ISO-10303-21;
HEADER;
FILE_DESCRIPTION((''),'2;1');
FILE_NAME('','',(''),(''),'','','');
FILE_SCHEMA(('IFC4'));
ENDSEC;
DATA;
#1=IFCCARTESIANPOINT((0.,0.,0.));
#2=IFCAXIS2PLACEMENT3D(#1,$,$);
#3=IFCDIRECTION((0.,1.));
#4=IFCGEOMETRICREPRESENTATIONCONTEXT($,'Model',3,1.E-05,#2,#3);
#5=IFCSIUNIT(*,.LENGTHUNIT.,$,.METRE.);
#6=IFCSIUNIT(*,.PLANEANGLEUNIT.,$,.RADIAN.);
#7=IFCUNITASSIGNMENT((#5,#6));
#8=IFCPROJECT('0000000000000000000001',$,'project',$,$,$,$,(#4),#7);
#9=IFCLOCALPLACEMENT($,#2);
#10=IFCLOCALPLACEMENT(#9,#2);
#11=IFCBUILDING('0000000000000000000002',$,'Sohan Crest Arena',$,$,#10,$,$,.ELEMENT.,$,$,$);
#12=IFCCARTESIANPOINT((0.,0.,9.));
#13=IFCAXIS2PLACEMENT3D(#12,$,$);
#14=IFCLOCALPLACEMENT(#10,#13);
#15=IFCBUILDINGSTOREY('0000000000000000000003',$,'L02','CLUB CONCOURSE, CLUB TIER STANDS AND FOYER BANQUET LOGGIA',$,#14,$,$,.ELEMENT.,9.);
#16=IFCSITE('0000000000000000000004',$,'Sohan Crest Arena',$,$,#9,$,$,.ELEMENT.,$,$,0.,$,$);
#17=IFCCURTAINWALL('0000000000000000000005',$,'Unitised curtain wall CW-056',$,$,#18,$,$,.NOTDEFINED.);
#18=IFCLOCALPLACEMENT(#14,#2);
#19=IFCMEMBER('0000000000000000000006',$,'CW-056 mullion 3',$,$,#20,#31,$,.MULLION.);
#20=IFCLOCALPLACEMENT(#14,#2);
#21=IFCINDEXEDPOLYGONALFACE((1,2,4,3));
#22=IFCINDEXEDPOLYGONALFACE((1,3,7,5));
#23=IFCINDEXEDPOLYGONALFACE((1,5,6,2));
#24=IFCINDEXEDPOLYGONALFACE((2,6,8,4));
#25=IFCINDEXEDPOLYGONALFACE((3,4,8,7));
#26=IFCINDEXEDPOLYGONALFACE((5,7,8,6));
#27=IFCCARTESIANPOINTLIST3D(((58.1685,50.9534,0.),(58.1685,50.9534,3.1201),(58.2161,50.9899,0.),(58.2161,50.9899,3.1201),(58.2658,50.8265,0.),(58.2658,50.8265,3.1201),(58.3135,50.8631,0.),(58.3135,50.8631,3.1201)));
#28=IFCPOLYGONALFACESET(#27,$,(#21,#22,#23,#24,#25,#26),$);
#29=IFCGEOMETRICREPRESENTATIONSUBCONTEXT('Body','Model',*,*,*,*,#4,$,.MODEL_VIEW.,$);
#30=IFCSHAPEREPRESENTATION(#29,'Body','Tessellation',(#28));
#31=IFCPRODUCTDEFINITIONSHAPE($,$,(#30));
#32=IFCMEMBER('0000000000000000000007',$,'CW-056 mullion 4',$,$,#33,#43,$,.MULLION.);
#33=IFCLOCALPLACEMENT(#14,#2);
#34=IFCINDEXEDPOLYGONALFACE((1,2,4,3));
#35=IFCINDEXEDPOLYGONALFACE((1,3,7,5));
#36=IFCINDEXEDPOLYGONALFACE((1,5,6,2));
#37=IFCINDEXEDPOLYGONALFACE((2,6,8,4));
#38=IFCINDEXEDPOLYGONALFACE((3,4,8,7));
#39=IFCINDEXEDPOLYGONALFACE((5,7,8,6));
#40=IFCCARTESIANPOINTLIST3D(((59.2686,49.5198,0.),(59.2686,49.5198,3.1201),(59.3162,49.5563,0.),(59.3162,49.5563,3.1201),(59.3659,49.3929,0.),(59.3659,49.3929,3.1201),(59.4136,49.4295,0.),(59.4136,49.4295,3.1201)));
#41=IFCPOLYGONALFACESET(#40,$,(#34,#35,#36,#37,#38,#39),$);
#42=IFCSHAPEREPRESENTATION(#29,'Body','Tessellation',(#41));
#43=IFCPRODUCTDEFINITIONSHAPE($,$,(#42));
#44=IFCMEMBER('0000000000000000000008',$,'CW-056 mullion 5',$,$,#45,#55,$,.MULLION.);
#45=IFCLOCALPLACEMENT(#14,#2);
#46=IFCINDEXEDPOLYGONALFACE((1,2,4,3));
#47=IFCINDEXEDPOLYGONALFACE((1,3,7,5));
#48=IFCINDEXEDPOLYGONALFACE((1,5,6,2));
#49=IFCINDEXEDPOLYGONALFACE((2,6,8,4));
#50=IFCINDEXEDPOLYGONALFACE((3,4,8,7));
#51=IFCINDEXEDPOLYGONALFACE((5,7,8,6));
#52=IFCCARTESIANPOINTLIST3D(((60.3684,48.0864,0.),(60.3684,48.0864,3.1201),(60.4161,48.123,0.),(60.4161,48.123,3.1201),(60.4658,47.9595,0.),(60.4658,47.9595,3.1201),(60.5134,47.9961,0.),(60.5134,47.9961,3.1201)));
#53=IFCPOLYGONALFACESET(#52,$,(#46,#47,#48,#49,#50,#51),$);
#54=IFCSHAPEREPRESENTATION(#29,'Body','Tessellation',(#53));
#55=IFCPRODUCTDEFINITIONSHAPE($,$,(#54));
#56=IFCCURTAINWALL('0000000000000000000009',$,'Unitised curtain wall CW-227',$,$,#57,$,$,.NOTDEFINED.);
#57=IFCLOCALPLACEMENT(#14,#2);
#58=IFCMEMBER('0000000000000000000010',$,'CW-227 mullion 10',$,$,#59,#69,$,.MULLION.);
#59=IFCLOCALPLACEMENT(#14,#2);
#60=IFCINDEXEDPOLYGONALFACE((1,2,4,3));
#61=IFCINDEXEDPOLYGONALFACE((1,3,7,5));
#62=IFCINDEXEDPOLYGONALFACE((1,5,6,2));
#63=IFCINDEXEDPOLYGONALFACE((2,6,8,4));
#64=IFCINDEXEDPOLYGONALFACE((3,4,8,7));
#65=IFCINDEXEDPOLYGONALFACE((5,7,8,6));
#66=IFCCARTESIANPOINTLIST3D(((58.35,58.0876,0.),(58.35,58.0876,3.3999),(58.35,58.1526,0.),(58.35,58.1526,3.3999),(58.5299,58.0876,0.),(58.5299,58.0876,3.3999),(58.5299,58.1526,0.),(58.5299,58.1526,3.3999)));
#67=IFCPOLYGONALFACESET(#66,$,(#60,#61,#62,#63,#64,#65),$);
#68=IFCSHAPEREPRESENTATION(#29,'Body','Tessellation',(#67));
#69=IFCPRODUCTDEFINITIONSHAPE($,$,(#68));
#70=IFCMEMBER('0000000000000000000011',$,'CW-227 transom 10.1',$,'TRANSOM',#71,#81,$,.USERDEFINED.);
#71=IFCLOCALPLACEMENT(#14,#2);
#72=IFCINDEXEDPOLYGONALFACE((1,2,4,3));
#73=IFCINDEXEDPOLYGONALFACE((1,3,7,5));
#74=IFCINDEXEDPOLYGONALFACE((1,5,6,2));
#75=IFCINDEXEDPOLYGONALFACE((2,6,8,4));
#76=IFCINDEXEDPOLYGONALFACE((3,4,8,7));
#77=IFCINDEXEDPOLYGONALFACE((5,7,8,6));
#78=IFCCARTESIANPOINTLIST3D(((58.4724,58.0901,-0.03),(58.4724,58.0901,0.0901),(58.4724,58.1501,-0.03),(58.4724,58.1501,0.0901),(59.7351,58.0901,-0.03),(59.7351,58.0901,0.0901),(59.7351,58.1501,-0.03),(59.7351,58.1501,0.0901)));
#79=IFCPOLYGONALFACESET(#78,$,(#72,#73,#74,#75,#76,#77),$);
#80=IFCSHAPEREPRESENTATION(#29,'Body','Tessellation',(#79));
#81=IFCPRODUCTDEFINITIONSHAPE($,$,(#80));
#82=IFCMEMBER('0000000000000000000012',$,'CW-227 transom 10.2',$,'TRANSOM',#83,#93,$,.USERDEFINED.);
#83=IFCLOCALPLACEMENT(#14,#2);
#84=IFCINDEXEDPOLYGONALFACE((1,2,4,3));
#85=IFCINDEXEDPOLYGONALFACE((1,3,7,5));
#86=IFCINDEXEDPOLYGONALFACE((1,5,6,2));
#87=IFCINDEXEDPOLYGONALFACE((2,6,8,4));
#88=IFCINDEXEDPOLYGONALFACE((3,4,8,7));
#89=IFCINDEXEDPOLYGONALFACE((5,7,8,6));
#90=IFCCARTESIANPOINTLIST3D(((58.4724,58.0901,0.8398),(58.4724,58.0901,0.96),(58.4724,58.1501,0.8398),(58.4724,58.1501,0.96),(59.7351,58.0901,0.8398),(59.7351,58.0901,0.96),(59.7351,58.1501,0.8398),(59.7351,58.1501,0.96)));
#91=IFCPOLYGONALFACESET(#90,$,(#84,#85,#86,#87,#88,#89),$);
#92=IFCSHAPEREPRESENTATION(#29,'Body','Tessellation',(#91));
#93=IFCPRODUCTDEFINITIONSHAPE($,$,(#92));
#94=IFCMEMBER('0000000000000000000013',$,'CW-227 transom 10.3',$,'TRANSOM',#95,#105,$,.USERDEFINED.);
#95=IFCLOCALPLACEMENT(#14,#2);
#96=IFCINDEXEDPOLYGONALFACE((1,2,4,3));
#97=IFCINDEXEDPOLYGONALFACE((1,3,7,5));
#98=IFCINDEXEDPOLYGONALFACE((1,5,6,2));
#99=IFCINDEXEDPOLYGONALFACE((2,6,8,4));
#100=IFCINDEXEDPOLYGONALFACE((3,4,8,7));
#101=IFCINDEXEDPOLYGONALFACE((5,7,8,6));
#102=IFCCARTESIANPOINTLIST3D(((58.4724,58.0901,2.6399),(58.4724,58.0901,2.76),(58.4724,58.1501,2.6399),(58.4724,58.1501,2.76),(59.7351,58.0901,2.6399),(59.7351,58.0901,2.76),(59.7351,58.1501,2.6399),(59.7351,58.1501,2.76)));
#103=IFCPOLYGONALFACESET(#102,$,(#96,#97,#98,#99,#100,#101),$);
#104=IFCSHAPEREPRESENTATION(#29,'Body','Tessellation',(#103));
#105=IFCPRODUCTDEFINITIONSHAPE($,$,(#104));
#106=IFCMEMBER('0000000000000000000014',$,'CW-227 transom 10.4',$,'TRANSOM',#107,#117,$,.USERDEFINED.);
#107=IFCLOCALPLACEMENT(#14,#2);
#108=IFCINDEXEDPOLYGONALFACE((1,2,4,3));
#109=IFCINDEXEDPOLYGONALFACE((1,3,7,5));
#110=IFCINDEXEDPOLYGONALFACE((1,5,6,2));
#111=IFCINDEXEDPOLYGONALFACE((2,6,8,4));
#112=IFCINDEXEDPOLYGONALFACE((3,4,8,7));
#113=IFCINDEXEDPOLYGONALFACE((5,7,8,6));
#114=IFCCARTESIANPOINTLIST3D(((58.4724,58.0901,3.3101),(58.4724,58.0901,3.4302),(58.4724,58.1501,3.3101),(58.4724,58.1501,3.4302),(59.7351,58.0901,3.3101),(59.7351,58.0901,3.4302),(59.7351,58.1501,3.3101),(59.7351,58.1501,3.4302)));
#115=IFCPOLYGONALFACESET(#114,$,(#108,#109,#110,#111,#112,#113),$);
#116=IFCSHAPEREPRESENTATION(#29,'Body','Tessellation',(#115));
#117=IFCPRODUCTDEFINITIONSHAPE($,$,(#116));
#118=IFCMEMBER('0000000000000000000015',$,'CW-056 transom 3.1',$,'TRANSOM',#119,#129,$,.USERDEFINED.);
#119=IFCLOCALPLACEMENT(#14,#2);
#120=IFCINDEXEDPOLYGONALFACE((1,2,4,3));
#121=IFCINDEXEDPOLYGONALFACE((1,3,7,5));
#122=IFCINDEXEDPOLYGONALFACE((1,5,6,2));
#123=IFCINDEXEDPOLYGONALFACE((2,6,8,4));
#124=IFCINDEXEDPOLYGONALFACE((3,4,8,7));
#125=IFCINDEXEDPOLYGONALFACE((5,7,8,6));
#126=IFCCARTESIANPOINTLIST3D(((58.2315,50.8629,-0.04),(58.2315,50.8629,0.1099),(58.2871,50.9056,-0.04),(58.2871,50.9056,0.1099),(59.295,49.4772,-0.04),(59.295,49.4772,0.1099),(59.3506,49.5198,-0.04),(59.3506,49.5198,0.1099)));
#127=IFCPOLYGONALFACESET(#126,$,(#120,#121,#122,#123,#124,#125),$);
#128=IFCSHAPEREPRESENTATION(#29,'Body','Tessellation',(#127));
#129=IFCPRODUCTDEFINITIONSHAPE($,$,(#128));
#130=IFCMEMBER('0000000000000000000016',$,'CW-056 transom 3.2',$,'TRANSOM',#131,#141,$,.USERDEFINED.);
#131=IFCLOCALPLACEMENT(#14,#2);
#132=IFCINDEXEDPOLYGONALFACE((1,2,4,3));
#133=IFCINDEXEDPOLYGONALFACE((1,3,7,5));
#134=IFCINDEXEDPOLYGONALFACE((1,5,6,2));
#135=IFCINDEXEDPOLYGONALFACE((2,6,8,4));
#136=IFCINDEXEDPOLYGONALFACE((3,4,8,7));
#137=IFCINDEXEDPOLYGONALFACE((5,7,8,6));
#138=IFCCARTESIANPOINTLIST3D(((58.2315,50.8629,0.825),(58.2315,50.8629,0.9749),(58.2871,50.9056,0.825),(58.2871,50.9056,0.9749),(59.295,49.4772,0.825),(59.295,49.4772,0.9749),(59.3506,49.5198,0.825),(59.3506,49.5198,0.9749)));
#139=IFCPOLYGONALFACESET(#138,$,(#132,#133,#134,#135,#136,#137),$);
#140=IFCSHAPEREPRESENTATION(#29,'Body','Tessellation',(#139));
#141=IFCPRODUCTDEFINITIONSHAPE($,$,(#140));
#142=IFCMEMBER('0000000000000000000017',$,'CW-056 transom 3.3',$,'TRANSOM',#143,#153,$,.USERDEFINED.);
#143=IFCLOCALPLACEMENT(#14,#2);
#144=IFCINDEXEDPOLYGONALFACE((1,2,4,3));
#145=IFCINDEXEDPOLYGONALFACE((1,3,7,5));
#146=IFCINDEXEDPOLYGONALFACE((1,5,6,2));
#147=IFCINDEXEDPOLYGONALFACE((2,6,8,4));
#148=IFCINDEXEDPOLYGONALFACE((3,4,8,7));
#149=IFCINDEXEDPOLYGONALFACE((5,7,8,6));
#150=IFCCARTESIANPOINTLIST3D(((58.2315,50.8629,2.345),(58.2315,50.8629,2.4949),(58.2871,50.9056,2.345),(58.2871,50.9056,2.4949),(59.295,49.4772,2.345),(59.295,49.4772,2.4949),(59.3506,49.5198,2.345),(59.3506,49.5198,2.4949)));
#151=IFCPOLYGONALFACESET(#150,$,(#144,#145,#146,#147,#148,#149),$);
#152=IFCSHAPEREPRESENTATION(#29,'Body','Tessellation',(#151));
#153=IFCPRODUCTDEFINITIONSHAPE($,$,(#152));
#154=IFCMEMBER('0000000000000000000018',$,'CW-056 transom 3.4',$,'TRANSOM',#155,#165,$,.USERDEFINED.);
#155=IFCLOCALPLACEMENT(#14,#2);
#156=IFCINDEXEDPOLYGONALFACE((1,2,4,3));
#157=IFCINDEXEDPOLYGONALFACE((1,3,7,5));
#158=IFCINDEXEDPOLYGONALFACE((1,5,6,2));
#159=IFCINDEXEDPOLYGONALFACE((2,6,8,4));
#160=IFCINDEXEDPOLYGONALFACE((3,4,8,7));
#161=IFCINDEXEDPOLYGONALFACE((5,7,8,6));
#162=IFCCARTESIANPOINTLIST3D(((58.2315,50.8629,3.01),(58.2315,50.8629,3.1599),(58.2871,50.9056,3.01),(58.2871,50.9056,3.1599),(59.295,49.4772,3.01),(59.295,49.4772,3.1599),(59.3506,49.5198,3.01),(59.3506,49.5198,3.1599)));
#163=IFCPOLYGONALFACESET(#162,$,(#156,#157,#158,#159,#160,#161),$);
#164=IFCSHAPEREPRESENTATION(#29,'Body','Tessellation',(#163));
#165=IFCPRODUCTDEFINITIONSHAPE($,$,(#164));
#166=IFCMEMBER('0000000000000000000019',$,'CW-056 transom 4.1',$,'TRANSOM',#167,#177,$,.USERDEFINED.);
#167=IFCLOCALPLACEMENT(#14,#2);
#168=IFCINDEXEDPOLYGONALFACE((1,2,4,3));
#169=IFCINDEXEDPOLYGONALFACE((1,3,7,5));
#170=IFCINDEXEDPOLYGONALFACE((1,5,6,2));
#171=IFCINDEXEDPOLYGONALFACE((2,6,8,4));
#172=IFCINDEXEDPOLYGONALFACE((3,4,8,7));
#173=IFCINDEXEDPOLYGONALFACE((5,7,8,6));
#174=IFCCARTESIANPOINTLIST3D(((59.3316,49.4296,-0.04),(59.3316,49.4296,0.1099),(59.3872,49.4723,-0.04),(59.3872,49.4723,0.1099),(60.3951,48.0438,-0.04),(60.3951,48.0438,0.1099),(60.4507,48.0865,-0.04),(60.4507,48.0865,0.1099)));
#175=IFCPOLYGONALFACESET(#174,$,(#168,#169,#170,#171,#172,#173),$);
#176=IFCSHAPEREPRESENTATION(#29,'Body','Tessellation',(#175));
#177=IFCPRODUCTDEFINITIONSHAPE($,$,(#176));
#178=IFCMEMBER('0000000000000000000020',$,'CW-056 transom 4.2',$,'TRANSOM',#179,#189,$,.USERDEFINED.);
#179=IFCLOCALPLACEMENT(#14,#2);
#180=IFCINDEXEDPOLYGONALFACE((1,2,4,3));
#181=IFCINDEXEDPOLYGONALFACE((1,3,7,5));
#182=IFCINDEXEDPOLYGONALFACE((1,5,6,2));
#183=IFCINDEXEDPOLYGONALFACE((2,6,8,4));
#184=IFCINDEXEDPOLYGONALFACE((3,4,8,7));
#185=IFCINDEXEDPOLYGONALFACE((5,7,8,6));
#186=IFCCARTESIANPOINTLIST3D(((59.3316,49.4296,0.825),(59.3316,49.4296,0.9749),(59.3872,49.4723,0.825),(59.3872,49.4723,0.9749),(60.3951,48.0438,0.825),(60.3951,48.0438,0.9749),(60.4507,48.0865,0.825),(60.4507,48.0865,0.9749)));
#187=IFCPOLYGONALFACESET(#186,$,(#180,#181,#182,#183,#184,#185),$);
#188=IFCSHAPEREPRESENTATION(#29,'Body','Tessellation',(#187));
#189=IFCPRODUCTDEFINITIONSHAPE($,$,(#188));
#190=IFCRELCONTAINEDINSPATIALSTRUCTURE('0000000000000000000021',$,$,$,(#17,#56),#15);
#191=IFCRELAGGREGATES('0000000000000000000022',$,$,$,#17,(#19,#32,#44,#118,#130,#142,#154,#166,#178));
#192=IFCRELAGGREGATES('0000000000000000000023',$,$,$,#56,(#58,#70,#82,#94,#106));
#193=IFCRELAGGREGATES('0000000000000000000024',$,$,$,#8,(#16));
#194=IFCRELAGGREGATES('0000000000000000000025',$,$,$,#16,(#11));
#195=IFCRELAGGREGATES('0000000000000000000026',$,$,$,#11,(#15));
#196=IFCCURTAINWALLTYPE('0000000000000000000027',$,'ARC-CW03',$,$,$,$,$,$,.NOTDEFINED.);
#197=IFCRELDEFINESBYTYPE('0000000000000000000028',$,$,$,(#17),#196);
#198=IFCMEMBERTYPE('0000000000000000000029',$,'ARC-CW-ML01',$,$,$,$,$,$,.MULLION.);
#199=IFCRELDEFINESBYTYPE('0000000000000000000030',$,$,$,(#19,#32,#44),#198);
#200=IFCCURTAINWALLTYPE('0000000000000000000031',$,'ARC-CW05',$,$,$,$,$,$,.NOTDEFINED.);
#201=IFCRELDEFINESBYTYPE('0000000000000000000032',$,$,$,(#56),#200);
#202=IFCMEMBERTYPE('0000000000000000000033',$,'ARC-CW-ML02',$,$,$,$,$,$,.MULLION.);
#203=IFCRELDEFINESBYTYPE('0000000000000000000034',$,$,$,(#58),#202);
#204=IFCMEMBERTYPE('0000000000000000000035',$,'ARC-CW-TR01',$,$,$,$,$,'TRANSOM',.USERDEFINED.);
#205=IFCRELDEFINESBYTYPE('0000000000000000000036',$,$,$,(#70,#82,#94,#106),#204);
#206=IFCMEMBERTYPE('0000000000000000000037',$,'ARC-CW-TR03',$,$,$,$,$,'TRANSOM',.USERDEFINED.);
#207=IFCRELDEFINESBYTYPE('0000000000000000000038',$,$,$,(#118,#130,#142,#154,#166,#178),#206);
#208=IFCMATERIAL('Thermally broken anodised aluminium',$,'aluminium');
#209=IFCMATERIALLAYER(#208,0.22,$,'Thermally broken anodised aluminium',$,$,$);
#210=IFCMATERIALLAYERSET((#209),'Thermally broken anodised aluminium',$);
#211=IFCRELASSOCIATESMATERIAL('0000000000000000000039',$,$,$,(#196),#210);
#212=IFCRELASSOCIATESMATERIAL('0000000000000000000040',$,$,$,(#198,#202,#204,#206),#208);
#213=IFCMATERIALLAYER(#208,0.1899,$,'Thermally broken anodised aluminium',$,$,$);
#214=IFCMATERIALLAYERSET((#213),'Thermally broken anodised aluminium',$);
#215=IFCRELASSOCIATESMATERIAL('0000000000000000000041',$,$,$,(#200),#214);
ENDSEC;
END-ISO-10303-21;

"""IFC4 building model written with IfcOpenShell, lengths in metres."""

from ifc_helpers import new_model, si_unit, direction, frame, origin, origin_2d, place, context, subcontext, project, spatial, rectangle, extrude, material, layer, layer_set, material_profile, profile_set, type_object, element, aggregate, save


model = new_model("IFC4")

# Units and contexts
model_context = context("Model", 3, precision=1e-05, world=origin(), true_north=direction((0.0, 1.0)))
body_context = subcontext(model_context, "Body", "Model", "MODEL_VIEW")
ifc_project = project(units=[si_unit("LENGTHUNIT", "METRE"), si_unit("PLANEANGLEUNIT", "RADIAN")], contexts=[model_context])

# Site, building, storey
site_placement = place(None, origin())
site = spatial("IfcSite", under=ifc_project, at=site_placement, Name="Sohan Crest Arena", CompositionType="ELEMENT", RefElevation=0.0)
building_placement = place(site_placement, origin())
building = spatial("IfcBuilding", under=site, at=building_placement, Name="Sohan Crest Arena", CompositionType="ELEMENT")
storey_placement = place(building_placement, frame((0.0, 0.0, 9.0)))
storey = spatial("IfcBuildingStorey", under=building, at=storey_placement, Name="L02", Description="CLUB CONCOURSE, CLUB TIER STANDS AND FOYER BANQUET LOGGIA", CompositionType="ELEMENT", Elevation=9.0)

# Curtain walls, members
ifc_material_1 = material(Name="Thermally broken anodised aluminium", Category="aluminium")
ifc_layer_1 = layer(ifc_material_1, 0.22, Name="Thermally broken anodised aluminium")
ifc_layer_set_1 = layer_set([ifc_layer_1], Name="Thermally broken anodised aluminium")
curtain_wall_type_1 = type_object("IfcCurtainWallType", Name="ARC-CW03", PredefinedType="NOTDEFINED", material=ifc_layer_set_1)
curtain_wall_1_placement = place(storey_placement, origin())
curtain_wall_1 = element("IfcCurtainWall", 1, at=curtain_wall_1_placement, inside=storey, type_object=curtain_wall_type_1, Name="Unitised curtain wall CW-056", PredefinedType="NOTDEFINED")
ifc_material_profile_1 = material_profile(ifc_material_1, rectangle(XDim=0.0601, YDim=0.1599, at=origin_2d()), Name="ALU-MULL 60x160")
ifc_profile_set_1 = profile_set([ifc_material_profile_1], Name="Thermally broken anodised aluminium")
member_type_1 = type_object("IfcMemberType", Name="ARC-CW-ML01", PredefinedType="MULLION", material=ifc_profile_set_1)
member_1_placement = place(storey_placement, frame((58.241, 50.9082, 0.0), z_axis=(0.0, 0.0, 1.0), x_axis=(0.793329, 0.608793, 0.0)))
member_1 = element("IfcMember", 2, at=member_1_placement, type_object=member_type_1, Name="CW-056 mullion 3", PredefinedType="MULLION", context=body_context, shape_type="SweptSolid", body=[
    extrude(rectangle(XDim=0.0601, YDim=0.1599, at=origin_2d()), origin(), (0.0, 0.0, 1.0), 3.1201),
])
member_2_placement = place(storey_placement, frame((59.3411, 49.4746, 0.0), z_axis=(0.0, 0.0, 1.0), x_axis=(0.793329, 0.608793, 0.0)))
member_2 = element("IfcMember", 3, at=member_2_placement, type_object=member_type_1, Name="CW-056 mullion 4", PredefinedType="MULLION", context=body_context, shape_type="SweptSolid", body=[
    extrude(rectangle(XDim=0.0601, YDim=0.1599, at=origin_2d()), origin(), (0.0, 0.0, 1.0), 3.1201),
])
member_3_placement = place(storey_placement, frame((60.4409, 48.0413, 0.0), z_axis=(0.0, 0.0, 1.0), x_axis=(0.793329, 0.608793, 0.0)))
member_3 = element("IfcMember", 4, at=member_3_placement, type_object=member_type_1, Name="CW-056 mullion 5", PredefinedType="MULLION", context=body_context, shape_type="SweptSolid", body=[
    extrude(rectangle(XDim=0.0601, YDim=0.1599, at=origin_2d()), origin(), (0.0, 0.0, 1.0), 3.1201),
])
ifc_layer_2 = layer(ifc_material_1, 0.1899, Name="Thermally broken anodised aluminium")
ifc_layer_set_2 = layer_set([ifc_layer_2], Name="Thermally broken anodised aluminium")
curtain_wall_type_2 = type_object("IfcCurtainWallType", Name="ARC-CW05", PredefinedType="NOTDEFINED", material=ifc_layer_set_2)
curtain_wall_2_placement = place(storey_placement, origin())
curtain_wall_2 = element("IfcCurtainWall", 5, at=curtain_wall_2_placement, inside=storey, type_object=curtain_wall_type_2, Name="Unitised curtain wall CW-227", PredefinedType="NOTDEFINED")
ifc_material_profile_2 = material_profile(ifc_material_1, rectangle(XDim=0.0649, YDim=0.1799, at=origin_2d()), Name="ALU-MULL 65x180")
ifc_profile_set_2 = profile_set([ifc_material_profile_2], Name="Thermally broken anodised aluminium")
member_type_2 = type_object("IfcMemberType", Name="ARC-CW-ML02", PredefinedType="MULLION", material=ifc_profile_set_2)
member_4_placement = place(storey_placement, frame((58.4399, 58.1201, 0.0), z_axis=(0.0, 0.0, 1.0), x_axis=(0.0, 1.0, 0.0)))
member_4 = element("IfcMember", 6, at=member_4_placement, type_object=member_type_2, Name="CW-227 mullion 10", PredefinedType="MULLION", context=body_context, shape_type="SweptSolid", body=[
    extrude(rectangle(XDim=0.0649, YDim=0.1799, at=origin_2d()), origin(), (0.0, 0.0, 1.0), 3.3999),
])
ifc_material_profile_3 = material_profile(ifc_material_1, rectangle(XDim=0.0601, YDim=0.1201, at=origin_2d()), Name="ALU-TRAN 60x120")
ifc_profile_set_3 = profile_set([ifc_material_profile_3], Name="Thermally broken anodised aluminium")
member_type_3 = type_object("IfcMemberType", Name="ARC-CW-TR01", ElementType="TRANSOM", PredefinedType="USERDEFINED", material=ifc_profile_set_3)
member_5_placement = place(storey_placement, frame((58.4724, 58.1201, 0.03), z_axis=(1.0, 0.0, 0.0), x_axis=(0.0, 1.0, 0.0)))
member_5 = element("IfcMember", 7, at=member_5_placement, type_object=member_type_3, Name="CW-227 transom 10.1", ObjectType="TRANSOM", PredefinedType="USERDEFINED", context=body_context, shape_type="SweptSolid", body=[
    extrude(rectangle(XDim=0.0601, YDim=0.1201, at=origin_2d()), origin(), (0.0, 0.0, 1.0), 1.2627),
])
member_6_placement = place(storey_placement, frame((58.4724, 58.1201, 0.8999), z_axis=(1.0, 0.0, 0.0), x_axis=(0.0, 1.0, 0.0)))
member_6 = element("IfcMember", 8, at=member_6_placement, type_object=member_type_3, Name="CW-227 transom 10.2", ObjectType="TRANSOM", PredefinedType="USERDEFINED", context=body_context, shape_type="SweptSolid", body=[
    extrude(rectangle(XDim=0.0601, YDim=0.1201, at=origin_2d()), origin(), (0.0, 0.0, 1.0), 1.2627),
])
member_7_placement = place(storey_placement, frame((58.4724, 58.1201, 2.7), z_axis=(1.0, 0.0, 0.0), x_axis=(0.0, 1.0, 0.0)))
member_7 = element("IfcMember", 9, at=member_7_placement, type_object=member_type_3, Name="CW-227 transom 10.3", ObjectType="TRANSOM", PredefinedType="USERDEFINED", context=body_context, shape_type="SweptSolid", body=[
    extrude(rectangle(XDim=0.0601, YDim=0.1201, at=origin_2d()), origin(), (0.0, 0.0, 1.0), 1.2627),
])
member_8_placement = place(storey_placement, frame((58.4724, 58.1201, 3.3701), z_axis=(1.0, 0.0, 0.0), x_axis=(0.0, 1.0, 0.0)))
member_8 = element("IfcMember", 10, at=member_8_placement, type_object=member_type_3, Name="CW-227 transom 10.4", ObjectType="TRANSOM", PredefinedType="USERDEFINED", context=body_context, shape_type="SweptSolid", body=[
    extrude(rectangle(XDim=0.0601, YDim=0.1201, at=origin_2d()), origin(), (0.0, 0.0, 1.0), 1.2627),
])

# Members
ifc_material_profile_4 = material_profile(ifc_material_1, rectangle(XDim=0.0701, YDim=0.1499, at=origin_2d()), Name="ALU-TRAN 70x150")
ifc_profile_set_4 = profile_set([ifc_material_profile_4], Name="Thermally broken anodised aluminium")
member_type_4 = type_object("IfcMemberType", Name="ARC-CW-TR03", ElementType="TRANSOM", PredefinedType="USERDEFINED", material=ifc_profile_set_4)
member_9_placement = place(storey_placement, frame((58.2593, 50.8843, 0.0349), z_axis=(0.608819, -0.793309, 0.0), x_axis=(0.793309, 0.608819, 0.0)))
member_9 = element("IfcMember", 11, at=member_9_placement, type_object=member_type_4, Name="CW-056 transom 3.1", ObjectType="TRANSOM", PredefinedType="USERDEFINED", context=body_context, shape_type="SweptSolid", body=[
    extrude(rectangle(XDim=0.0701, YDim=0.1499, at=origin_2d()), origin(), (0.0, 0.0, 1.0), 1.7468),
])
member_10_placement = place(storey_placement, frame((58.2593, 50.8843, 0.8999), z_axis=(0.608819, -0.793309, 0.0), x_axis=(0.793309, 0.608819, 0.0)))
member_10 = element("IfcMember", 12, at=member_10_placement, type_object=member_type_4, Name="CW-056 transom 3.2", ObjectType="TRANSOM", PredefinedType="USERDEFINED", context=body_context, shape_type="SweptSolid", body=[
    extrude(rectangle(XDim=0.0701, YDim=0.1499, at=origin_2d()), origin(), (0.0, 0.0, 1.0), 1.7468),
])
member_11_placement = place(storey_placement, frame((58.2593, 50.8843, 2.4199), z_axis=(0.608819, -0.793309, 0.0), x_axis=(0.793309, 0.608819, 0.0)))
member_11 = element("IfcMember", 13, at=member_11_placement, type_object=member_type_4, Name="CW-056 transom 3.3", ObjectType="TRANSOM", PredefinedType="USERDEFINED", context=body_context, shape_type="SweptSolid", body=[
    extrude(rectangle(XDim=0.0701, YDim=0.1499, at=origin_2d()), origin(), (0.0, 0.0, 1.0), 1.7468),
])
member_12_placement = place(storey_placement, frame((58.2593, 50.8843, 3.085), z_axis=(0.608819, -0.793309, 0.0), x_axis=(0.793309, 0.608819, 0.0)))
member_12 = element("IfcMember", 14, at=member_12_placement, type_object=member_type_4, Name="CW-056 transom 3.4", ObjectType="TRANSOM", PredefinedType="USERDEFINED", context=body_context, shape_type="SweptSolid", body=[
    extrude(rectangle(XDim=0.0701, YDim=0.1499, at=origin_2d()), origin(), (0.0, 0.0, 1.0), 1.7468),
])
member_13_placement = place(storey_placement, frame((59.3594, 49.4509, 0.0349), z_axis=(0.608819, -0.793309, 0.0), x_axis=(0.793309, 0.608819, 0.0)))
member_13 = element("IfcMember", 15, at=member_13_placement, type_object=member_type_4, Name="CW-056 transom 4.1", ObjectType="TRANSOM", PredefinedType="USERDEFINED", context=body_context, shape_type="SweptSolid", body=[
    extrude(rectangle(XDim=0.0701, YDim=0.1499, at=origin_2d()), origin(), (0.0, 0.0, 1.0), 1.7468),
])
member_14_placement = place(storey_placement, frame((59.3594, 49.4509, 0.8999), z_axis=(0.608819, -0.793309, 0.0), x_axis=(0.793309, 0.608819, 0.0)))
member_14 = element("IfcMember", 16, at=member_14_placement, type_object=member_type_4, Name="CW-056 transom 4.2", ObjectType="TRANSOM", PredefinedType="USERDEFINED", context=body_context, shape_type="SweptSolid", body=[
    extrude(rectangle(XDim=0.0701, YDim=0.1499, at=origin_2d()), origin(), (0.0, 0.0, 1.0), 1.7468),
])

aggregate(curtain_wall_1, [member_1, member_2, member_3, member_9, member_10, member_11, member_12, member_13, member_14])
aggregate(curtain_wall_2, [member_4, member_5, member_6, member_7, member_8])

save(model, "model.ifc")
